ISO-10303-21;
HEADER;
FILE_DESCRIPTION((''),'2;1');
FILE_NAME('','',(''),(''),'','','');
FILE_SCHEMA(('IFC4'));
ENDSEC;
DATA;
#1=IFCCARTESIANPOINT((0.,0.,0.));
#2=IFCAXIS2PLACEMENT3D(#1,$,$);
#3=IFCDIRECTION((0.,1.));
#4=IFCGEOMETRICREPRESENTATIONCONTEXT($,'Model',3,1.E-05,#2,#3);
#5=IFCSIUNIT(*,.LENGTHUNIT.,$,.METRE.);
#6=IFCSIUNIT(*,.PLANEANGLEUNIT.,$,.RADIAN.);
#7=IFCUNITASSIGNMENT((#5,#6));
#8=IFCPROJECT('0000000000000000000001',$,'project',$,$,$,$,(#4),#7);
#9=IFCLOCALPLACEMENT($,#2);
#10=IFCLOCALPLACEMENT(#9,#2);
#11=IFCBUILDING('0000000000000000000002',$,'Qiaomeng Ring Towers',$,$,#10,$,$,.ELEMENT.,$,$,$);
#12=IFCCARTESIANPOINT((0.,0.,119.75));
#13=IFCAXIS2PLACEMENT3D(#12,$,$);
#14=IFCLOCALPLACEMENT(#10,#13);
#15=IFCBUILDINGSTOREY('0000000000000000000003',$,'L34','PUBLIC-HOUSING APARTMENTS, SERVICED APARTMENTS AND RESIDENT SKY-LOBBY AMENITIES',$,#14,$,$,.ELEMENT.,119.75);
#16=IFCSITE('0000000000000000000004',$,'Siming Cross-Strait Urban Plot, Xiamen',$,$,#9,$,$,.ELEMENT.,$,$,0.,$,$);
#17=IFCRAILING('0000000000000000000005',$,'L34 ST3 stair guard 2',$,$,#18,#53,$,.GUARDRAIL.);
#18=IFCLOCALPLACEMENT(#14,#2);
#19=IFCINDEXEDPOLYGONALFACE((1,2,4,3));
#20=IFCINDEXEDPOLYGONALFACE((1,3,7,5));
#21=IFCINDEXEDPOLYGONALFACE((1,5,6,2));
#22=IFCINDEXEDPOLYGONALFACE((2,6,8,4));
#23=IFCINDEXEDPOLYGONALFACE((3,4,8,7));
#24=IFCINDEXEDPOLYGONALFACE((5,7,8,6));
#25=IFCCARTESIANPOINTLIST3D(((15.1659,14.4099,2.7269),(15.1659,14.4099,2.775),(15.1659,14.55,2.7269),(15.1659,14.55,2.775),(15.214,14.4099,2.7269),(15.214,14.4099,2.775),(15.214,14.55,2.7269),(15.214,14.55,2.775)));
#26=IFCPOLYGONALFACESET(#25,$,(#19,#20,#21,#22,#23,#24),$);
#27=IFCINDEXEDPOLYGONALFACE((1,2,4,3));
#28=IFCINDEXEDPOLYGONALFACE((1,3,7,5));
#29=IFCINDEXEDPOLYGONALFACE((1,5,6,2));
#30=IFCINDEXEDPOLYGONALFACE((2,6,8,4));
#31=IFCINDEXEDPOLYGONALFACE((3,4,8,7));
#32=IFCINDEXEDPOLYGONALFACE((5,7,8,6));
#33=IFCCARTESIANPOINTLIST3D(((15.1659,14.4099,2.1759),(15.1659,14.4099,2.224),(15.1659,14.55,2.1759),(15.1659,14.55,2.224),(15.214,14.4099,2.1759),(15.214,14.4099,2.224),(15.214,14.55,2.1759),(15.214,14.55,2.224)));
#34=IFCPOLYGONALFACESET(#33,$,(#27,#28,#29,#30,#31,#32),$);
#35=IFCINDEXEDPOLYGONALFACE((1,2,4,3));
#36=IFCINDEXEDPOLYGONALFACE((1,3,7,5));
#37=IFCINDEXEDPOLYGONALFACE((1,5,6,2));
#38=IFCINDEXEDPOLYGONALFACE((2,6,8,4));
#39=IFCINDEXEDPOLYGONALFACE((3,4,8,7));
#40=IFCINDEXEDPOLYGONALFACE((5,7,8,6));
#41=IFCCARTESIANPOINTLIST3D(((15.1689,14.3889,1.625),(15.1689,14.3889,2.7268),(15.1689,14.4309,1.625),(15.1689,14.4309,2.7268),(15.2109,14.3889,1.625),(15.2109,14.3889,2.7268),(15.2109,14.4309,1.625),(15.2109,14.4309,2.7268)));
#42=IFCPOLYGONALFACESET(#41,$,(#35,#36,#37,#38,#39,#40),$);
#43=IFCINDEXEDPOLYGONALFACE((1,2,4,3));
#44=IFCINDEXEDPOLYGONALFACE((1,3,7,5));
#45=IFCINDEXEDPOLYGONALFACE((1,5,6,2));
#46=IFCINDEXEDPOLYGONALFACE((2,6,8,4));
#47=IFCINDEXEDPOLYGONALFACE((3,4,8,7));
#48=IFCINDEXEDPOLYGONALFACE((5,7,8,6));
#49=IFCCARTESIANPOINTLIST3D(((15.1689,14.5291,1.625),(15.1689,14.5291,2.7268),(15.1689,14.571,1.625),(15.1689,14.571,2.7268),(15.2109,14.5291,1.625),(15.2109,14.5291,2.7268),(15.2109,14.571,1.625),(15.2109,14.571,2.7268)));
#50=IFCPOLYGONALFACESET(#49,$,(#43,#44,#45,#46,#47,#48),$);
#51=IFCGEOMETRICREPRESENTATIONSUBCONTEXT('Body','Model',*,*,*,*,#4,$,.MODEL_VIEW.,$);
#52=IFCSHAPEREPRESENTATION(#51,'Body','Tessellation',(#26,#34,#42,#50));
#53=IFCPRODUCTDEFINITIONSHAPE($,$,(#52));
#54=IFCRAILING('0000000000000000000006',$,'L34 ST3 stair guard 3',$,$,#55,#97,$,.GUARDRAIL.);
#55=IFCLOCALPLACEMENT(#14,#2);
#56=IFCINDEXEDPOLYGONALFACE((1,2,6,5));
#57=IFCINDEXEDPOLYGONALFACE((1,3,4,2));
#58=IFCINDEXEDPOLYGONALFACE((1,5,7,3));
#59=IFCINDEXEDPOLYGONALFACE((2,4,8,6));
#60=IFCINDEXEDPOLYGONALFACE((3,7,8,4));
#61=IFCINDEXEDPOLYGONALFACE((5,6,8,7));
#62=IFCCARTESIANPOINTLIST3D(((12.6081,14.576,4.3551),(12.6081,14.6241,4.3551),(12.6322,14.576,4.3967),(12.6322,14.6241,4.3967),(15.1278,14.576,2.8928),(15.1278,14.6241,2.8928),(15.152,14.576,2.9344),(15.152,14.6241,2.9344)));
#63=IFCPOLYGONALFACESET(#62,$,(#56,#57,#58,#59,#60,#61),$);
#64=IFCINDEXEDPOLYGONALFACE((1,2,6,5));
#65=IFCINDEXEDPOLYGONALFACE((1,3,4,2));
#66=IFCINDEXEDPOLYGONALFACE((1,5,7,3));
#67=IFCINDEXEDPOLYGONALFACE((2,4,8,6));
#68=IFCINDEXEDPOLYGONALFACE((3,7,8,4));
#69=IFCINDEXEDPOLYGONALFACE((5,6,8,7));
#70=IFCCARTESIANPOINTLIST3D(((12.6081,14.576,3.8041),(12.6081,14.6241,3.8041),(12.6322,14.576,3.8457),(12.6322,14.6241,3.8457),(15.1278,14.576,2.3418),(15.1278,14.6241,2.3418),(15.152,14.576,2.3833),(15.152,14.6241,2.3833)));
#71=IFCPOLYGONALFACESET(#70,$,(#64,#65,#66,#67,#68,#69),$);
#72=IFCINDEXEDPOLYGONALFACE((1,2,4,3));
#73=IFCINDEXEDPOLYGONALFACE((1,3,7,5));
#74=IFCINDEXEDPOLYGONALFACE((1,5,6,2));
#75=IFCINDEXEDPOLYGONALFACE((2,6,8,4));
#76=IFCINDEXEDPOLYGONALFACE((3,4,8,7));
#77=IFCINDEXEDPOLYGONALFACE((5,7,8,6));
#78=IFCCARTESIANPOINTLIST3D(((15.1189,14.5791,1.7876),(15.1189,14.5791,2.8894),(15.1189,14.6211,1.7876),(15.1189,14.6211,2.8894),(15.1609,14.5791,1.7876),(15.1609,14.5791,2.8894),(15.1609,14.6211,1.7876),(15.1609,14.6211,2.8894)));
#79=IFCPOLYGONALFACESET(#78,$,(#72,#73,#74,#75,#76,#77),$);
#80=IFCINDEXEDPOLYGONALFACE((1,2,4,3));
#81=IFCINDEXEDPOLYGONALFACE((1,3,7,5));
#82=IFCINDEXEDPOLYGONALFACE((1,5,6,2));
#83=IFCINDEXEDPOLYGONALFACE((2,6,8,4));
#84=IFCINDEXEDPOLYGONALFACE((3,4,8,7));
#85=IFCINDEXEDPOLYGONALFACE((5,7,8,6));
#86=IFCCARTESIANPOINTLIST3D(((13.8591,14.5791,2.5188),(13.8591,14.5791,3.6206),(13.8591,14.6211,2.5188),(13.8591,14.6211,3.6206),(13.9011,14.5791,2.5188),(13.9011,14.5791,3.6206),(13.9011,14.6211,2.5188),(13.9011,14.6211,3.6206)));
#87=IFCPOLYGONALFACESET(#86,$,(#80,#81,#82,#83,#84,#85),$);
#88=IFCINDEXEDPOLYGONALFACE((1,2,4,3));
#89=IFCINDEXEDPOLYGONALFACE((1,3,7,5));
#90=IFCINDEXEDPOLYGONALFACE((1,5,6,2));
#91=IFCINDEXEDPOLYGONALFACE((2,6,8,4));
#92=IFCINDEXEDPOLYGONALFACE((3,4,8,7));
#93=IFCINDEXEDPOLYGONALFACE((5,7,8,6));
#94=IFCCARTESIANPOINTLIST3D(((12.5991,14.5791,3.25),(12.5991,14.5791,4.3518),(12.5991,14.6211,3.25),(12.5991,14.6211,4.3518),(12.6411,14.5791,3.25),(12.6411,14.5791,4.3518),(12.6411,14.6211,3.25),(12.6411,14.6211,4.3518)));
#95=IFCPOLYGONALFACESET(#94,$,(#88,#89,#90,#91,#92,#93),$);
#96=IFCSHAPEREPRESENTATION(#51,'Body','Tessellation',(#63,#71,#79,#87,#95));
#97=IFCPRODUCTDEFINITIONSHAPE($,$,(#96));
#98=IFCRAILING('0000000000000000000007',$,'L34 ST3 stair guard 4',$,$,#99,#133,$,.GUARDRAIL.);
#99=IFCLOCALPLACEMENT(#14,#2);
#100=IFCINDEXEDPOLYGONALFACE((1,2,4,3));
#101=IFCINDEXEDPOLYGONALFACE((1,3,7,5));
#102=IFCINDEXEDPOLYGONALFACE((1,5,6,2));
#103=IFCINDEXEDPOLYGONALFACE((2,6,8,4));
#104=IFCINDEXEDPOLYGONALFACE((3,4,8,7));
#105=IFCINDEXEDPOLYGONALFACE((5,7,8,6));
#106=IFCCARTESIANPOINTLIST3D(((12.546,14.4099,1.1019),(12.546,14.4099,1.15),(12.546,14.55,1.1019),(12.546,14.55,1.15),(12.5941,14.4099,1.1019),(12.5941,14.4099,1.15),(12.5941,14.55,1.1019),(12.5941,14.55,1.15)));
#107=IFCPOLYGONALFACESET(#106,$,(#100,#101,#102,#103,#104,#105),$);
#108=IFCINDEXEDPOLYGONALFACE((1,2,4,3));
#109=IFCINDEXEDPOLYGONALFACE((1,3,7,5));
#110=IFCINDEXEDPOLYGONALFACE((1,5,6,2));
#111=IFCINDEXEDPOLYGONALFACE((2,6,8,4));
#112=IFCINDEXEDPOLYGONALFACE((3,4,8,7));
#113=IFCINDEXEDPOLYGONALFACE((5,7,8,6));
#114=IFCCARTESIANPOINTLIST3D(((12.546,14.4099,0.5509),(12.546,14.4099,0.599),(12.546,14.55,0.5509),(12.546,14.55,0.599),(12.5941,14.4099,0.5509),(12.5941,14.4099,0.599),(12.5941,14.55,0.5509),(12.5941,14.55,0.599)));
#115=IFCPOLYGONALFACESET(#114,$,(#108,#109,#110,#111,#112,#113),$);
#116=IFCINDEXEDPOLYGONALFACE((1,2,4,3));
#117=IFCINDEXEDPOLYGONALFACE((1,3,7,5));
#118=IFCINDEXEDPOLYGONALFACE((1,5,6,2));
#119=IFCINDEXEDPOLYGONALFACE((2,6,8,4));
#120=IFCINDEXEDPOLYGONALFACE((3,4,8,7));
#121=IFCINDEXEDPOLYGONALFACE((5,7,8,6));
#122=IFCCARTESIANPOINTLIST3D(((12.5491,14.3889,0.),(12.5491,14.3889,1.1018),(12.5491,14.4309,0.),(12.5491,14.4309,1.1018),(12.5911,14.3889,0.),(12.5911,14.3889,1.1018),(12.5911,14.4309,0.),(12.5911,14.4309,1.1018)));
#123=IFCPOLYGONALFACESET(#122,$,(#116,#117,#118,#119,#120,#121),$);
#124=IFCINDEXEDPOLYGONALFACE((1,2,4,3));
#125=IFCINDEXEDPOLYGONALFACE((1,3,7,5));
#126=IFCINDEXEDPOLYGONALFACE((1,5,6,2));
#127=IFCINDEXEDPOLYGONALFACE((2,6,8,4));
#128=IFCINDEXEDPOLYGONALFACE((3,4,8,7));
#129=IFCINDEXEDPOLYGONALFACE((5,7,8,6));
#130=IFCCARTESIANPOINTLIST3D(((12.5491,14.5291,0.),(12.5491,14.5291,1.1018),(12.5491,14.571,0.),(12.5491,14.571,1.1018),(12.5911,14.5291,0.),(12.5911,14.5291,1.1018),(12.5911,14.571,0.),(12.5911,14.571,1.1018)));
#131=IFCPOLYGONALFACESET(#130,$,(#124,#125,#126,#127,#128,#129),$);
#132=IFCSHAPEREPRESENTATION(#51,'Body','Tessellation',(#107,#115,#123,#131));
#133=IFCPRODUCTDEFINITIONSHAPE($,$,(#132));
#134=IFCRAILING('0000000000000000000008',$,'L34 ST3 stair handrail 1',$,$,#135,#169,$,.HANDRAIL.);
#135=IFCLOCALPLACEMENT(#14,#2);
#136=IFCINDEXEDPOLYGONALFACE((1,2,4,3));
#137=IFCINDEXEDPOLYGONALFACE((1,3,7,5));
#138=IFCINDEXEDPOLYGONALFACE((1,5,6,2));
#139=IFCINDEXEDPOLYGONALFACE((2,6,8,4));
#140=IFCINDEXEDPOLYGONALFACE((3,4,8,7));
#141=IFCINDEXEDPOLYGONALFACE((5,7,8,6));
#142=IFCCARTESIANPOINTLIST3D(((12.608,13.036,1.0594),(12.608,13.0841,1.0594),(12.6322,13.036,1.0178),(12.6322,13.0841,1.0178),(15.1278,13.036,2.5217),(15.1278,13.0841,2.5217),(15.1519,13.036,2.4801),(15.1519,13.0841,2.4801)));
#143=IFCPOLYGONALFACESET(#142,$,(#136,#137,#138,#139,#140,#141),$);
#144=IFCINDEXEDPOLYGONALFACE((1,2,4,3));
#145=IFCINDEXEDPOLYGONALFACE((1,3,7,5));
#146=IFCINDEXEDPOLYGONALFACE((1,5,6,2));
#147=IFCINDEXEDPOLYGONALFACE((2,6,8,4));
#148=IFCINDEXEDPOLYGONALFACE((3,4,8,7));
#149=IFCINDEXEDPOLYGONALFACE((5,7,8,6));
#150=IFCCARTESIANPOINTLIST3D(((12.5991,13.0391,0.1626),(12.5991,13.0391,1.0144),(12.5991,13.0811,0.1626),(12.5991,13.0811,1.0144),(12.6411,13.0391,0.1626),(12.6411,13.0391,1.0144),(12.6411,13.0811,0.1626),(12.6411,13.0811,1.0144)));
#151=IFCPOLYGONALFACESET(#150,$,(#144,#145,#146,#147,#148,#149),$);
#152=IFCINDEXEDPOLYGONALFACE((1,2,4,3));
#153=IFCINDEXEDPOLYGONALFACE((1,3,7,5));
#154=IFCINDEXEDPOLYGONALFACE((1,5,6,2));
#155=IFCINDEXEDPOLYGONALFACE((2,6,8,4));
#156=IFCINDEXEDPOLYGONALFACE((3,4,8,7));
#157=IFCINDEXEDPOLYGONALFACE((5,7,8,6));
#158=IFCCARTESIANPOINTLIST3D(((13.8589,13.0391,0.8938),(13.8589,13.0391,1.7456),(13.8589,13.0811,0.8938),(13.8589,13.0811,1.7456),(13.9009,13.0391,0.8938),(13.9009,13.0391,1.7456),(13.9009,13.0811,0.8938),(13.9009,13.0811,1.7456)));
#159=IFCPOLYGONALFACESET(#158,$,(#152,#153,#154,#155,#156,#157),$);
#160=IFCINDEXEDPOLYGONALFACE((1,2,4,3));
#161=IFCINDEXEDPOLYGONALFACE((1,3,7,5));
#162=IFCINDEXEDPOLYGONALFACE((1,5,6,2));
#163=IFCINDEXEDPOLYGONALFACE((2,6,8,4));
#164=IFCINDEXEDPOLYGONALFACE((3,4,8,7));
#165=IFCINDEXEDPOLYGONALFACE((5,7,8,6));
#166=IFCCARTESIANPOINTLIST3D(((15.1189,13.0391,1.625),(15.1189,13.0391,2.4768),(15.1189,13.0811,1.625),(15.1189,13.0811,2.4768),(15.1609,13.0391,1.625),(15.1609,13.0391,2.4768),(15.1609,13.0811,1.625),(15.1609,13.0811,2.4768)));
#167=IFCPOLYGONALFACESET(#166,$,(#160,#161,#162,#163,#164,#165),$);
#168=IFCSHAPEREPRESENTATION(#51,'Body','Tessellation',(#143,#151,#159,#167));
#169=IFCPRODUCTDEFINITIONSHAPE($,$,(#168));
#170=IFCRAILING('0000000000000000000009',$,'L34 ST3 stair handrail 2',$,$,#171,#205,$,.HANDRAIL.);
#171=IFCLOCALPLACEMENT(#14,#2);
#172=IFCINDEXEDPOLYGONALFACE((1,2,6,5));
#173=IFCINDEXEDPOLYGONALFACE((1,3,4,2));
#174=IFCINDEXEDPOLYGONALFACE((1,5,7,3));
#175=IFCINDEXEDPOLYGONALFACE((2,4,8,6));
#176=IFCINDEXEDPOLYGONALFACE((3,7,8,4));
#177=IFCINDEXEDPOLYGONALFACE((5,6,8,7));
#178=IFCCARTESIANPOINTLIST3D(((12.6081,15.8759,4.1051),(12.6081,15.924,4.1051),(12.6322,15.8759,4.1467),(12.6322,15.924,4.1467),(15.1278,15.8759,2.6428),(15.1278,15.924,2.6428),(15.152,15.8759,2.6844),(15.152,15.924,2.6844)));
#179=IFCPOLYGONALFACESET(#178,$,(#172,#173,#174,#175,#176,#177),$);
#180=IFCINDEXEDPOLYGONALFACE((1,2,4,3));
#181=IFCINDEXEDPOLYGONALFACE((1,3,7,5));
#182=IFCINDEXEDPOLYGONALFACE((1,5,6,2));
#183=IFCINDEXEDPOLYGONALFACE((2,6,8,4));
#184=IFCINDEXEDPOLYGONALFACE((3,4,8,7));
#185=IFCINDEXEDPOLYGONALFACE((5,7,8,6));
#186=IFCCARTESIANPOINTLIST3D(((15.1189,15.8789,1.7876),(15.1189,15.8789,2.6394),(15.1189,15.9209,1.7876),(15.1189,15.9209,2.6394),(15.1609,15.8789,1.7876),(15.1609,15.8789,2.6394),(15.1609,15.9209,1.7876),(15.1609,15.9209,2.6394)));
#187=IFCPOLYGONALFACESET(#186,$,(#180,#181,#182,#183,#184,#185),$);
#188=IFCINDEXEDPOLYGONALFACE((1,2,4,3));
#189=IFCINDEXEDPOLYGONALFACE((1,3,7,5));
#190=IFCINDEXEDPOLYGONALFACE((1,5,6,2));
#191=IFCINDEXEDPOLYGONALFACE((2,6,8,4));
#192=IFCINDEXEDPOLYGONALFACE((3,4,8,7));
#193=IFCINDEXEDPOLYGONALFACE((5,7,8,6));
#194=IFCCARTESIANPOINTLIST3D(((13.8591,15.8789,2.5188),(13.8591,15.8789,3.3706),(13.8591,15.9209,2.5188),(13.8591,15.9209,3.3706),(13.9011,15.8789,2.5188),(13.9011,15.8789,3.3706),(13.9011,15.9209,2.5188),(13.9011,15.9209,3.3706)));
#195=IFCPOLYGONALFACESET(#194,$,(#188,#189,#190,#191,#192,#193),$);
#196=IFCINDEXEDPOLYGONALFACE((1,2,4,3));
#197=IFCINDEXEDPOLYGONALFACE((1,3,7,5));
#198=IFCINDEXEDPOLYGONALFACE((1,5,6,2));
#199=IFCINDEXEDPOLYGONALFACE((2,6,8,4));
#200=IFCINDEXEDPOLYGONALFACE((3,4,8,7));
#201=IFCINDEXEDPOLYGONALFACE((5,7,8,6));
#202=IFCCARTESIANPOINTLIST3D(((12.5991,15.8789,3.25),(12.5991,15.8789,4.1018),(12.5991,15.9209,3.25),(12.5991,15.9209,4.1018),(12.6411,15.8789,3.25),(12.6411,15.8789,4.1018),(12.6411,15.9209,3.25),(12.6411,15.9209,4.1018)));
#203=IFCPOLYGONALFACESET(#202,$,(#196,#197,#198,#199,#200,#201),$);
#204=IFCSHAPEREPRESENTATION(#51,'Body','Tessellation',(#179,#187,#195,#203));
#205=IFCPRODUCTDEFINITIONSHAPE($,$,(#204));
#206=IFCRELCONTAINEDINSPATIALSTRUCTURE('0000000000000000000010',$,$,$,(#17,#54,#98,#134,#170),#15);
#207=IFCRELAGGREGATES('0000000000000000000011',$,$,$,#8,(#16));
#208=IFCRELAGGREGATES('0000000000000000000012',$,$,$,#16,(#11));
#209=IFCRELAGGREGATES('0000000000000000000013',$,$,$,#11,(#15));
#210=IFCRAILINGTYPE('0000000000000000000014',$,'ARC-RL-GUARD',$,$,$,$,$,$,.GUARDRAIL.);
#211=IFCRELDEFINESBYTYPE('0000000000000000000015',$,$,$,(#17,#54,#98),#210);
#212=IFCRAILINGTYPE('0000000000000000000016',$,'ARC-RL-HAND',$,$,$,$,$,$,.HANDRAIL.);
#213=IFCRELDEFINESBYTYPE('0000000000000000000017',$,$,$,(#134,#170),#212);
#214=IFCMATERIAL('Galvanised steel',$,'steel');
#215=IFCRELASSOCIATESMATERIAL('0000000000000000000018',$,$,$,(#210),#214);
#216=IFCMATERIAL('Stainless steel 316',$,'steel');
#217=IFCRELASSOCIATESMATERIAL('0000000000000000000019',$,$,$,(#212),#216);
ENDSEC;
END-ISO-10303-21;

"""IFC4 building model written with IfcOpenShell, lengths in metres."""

from ifc_helpers import new_model, si_unit, direction, frame, origin, origin_2d, place, context, subcontext, project, spatial, rectangle, extrude, material, type_object, element, save


model = new_model("IFC4")

# Units and contexts
model_context = context("Model", 3, precision=1e-05, world=origin(), true_north=direction((0.0, 1.0)))
body_context = subcontext(model_context, "Body", "Model", "MODEL_VIEW")
ifc_project = project(units=[si_unit("LENGTHUNIT", "METRE"), si_unit("PLANEANGLEUNIT", "RADIAN")], contexts=[model_context])

# Site, building, storey
site_placement = place(None, origin())
site = spatial("IfcSite", under=ifc_project, at=site_placement, Name="Siming Cross-Strait Urban Plot, Xiamen", CompositionType="ELEMENT", RefElevation=0.0)
building_placement = place(site_placement, origin())
building = spatial("IfcBuilding", under=site, at=building_placement, Name="Qiaomeng Ring Towers", CompositionType="ELEMENT")
storey_placement = place(building_placement, frame((0.0, 0.0, 119.75)))
storey = spatial("IfcBuildingStorey", under=building, at=storey_placement, Name="L34", Description="PUBLIC-HOUSING APARTMENTS, SERVICED APARTMENTS AND RESIDENT SKY-LOBBY AMENITIES", CompositionType="ELEMENT", Elevation=119.75)

# Shared definitions
ifc_material_1 = material(Name="Stainless steel 316", Category="steel")

# Shared definitions
ifc_material_2 = material(Name="Galvanised steel", Category="steel")

# Railings
railing_type_1 = type_object("IfcRailingType", Name="ARC-RL-GUARD", PredefinedType="GUARDRAIL", material=ifc_material_2)
railing_1_placement = place(storey_placement, frame((15.1899, 14.4099, 1.625)))
element("IfcRailing", 1, at=railing_1_placement, inside=storey, type_object=railing_type_1, Name="L34 ST3 stair guard 2", PredefinedType="GUARDRAIL", context=body_context, shape_type="SweptSolid", body=[
    extrude(rectangle(XDim=0.0481, YDim=0.0481, at=origin_2d()), frame((0.0, 0.0, 1.126), z_axis=(0.0, 1.0, 0.0), x_axis=(-1.0, 0.0, 0.0)), (0.0, 0.0, 1.0), 0.1401),
    extrude(rectangle(XDim=0.0481, YDim=0.0481, at=origin_2d()), frame((0.0, 0.0, 0.575), z_axis=(0.0, 1.0, 0.0), x_axis=(-1.0, 0.0, 0.0)), (0.0, 0.0, 1.0), 0.1401),
    extrude(rectangle(XDim=0.042, YDim=0.042, at=origin_2d()), origin(), (0.0, 0.0, 1.0), 1.1018),
    extrude(rectangle(XDim=0.042, YDim=0.042, at=origin_2d()), frame((0.0, 0.1401, 0.0)), (0.0, 0.0, 1.0), 1.1018),
])
railing_2_placement = place(storey_placement, frame((15.1399, 14.6001, 1.7876)))
element("IfcRailing", 2, at=railing_2_placement, inside=storey, type_object=railing_type_1, Name="L34 ST3 stair guard 3", PredefinedType="GUARDRAIL", context=body_context, shape_type="SweptSolid", body=[
    extrude(rectangle(XDim=0.0481, YDim=0.0481, at=origin_2d()), frame((0.0, 0.0, 1.126), z_axis=(-0.864892, 0.0, 0.501958), x_axis=(0.0, -1.0, 0.0)), (0.0, 0.0, 1.0), 2.9133),
    extrude(rectangle(XDim=0.0481, YDim=0.0481, at=origin_2d()), frame((0.0, 0.0, 0.575), z_axis=(-0.864892, 0.0, 0.501958), x_axis=(0.0, -1.0, 0.0)), (0.0, 0.0, 1.0), 2.9133),
    extrude(rectangle(XDim=0.042, YDim=0.042, at=origin_2d()), origin(), (0.0, 0.0, 1.0), 1.1018),
    extrude(rectangle(XDim=0.042, YDim=0.042, at=origin_2d()), frame((-1.2598, 0.0, 0.7312)), (0.0, 0.0, 1.0), 1.1018),
    extrude(rectangle(XDim=0.042, YDim=0.042, at=origin_2d()), frame((-2.5198, 0.0, 1.4624)), (0.0, 0.0, 1.0), 1.1018),
])
railing_3_placement = place(storey_placement, frame((12.5701, 14.4099, 0.0)))
element("IfcRailing", 3, at=railing_3_placement, inside=storey, type_object=railing_type_1, Name="L34 ST3 stair guard 4", PredefinedType="GUARDRAIL", context=body_context, shape_type="SweptSolid", body=[
    extrude(rectangle(XDim=0.0481, YDim=0.0481, at=origin_2d()), frame((0.0, 0.0, 1.126), z_axis=(0.0, 1.0, 0.0), x_axis=(-1.0, 0.0, 0.0)), (0.0, 0.0, 1.0), 0.1401),
    extrude(rectangle(XDim=0.0481, YDim=0.0481, at=origin_2d()), frame((0.0, 0.0, 0.575), z_axis=(0.0, 1.0, 0.0), x_axis=(-1.0, 0.0, 0.0)), (0.0, 0.0, 1.0), 0.1401),
    extrude(rectangle(XDim=0.042, YDim=0.042, at=origin_2d()), origin(), (0.0, 0.0, 1.0), 1.1018),
    extrude(rectangle(XDim=0.042, YDim=0.042, at=origin_2d()), frame((0.0, 0.1401, 0.0)), (0.0, 0.0, 1.0), 1.1018),
])
railing_type_2 = type_object("IfcRailingType", Name="ARC-RL-HAND", PredefinedType="HANDRAIL", material=ifc_material_1)
railing_4_placement = place(storey_placement, frame((12.6201, 13.0601, 0.1626)))
element("IfcRailing", 4, at=railing_4_placement, inside=storey, type_object=railing_type_2, Name="L34 ST3 stair handrail 1", PredefinedType="HANDRAIL", context=body_context, shape_type="SweptSolid", body=[
    extrude(rectangle(XDim=0.0481, YDim=0.0481, at=origin_2d()), frame((0.0, 0.0, 0.876), z_axis=(0.864892, 0.0, 0.501958), x_axis=(0.0, 1.0, 0.0)), (0.0, 0.0, 1.0), 2.9133),
    extrude(rectangle(XDim=0.042, YDim=0.042, at=origin_2d()), origin(), (0.0, 0.0, 1.0), 0.8518),
    extrude(rectangle(XDim=0.042, YDim=0.042, at=origin_2d()), frame((1.2598, 0.0, 0.7312)), (0.0, 0.0, 1.0), 0.8518),
    extrude(rectangle(XDim=0.042, YDim=0.042, at=origin_2d()), frame((2.5198, 0.0, 1.4624)), (0.0, 0.0, 1.0), 0.8518),
])
railing_5_placement = place(storey_placement, frame((15.1399, 15.8999, 1.7876)))
element("IfcRailing", 5, at=railing_5_placement, inside=storey, type_object=railing_type_2, Name="L34 ST3 stair handrail 2", PredefinedType="HANDRAIL", context=body_context, shape_type="SweptSolid", body=[
    extrude(rectangle(XDim=0.0481, YDim=0.0481, at=origin_2d()), frame((0.0, 0.0, 0.876), z_axis=(-0.864892, 0.0, 0.501958), x_axis=(0.0, -1.0, 0.0)), (0.0, 0.0, 1.0), 2.9133),
    extrude(rectangle(XDim=0.042, YDim=0.042, at=origin_2d()), origin(), (0.0, 0.0, 1.0), 0.8518),
    extrude(rectangle(XDim=0.042, YDim=0.042, at=origin_2d()), frame((-1.2598, 0.0, 0.7312)), (0.0, 0.0, 1.0), 0.8518),
    extrude(rectangle(XDim=0.042, YDim=0.042, at=origin_2d()), frame((-2.5198, 0.0, 1.4624)), (0.0, 0.0, 1.0), 0.8518),
])

save(model, "model.ifc")
